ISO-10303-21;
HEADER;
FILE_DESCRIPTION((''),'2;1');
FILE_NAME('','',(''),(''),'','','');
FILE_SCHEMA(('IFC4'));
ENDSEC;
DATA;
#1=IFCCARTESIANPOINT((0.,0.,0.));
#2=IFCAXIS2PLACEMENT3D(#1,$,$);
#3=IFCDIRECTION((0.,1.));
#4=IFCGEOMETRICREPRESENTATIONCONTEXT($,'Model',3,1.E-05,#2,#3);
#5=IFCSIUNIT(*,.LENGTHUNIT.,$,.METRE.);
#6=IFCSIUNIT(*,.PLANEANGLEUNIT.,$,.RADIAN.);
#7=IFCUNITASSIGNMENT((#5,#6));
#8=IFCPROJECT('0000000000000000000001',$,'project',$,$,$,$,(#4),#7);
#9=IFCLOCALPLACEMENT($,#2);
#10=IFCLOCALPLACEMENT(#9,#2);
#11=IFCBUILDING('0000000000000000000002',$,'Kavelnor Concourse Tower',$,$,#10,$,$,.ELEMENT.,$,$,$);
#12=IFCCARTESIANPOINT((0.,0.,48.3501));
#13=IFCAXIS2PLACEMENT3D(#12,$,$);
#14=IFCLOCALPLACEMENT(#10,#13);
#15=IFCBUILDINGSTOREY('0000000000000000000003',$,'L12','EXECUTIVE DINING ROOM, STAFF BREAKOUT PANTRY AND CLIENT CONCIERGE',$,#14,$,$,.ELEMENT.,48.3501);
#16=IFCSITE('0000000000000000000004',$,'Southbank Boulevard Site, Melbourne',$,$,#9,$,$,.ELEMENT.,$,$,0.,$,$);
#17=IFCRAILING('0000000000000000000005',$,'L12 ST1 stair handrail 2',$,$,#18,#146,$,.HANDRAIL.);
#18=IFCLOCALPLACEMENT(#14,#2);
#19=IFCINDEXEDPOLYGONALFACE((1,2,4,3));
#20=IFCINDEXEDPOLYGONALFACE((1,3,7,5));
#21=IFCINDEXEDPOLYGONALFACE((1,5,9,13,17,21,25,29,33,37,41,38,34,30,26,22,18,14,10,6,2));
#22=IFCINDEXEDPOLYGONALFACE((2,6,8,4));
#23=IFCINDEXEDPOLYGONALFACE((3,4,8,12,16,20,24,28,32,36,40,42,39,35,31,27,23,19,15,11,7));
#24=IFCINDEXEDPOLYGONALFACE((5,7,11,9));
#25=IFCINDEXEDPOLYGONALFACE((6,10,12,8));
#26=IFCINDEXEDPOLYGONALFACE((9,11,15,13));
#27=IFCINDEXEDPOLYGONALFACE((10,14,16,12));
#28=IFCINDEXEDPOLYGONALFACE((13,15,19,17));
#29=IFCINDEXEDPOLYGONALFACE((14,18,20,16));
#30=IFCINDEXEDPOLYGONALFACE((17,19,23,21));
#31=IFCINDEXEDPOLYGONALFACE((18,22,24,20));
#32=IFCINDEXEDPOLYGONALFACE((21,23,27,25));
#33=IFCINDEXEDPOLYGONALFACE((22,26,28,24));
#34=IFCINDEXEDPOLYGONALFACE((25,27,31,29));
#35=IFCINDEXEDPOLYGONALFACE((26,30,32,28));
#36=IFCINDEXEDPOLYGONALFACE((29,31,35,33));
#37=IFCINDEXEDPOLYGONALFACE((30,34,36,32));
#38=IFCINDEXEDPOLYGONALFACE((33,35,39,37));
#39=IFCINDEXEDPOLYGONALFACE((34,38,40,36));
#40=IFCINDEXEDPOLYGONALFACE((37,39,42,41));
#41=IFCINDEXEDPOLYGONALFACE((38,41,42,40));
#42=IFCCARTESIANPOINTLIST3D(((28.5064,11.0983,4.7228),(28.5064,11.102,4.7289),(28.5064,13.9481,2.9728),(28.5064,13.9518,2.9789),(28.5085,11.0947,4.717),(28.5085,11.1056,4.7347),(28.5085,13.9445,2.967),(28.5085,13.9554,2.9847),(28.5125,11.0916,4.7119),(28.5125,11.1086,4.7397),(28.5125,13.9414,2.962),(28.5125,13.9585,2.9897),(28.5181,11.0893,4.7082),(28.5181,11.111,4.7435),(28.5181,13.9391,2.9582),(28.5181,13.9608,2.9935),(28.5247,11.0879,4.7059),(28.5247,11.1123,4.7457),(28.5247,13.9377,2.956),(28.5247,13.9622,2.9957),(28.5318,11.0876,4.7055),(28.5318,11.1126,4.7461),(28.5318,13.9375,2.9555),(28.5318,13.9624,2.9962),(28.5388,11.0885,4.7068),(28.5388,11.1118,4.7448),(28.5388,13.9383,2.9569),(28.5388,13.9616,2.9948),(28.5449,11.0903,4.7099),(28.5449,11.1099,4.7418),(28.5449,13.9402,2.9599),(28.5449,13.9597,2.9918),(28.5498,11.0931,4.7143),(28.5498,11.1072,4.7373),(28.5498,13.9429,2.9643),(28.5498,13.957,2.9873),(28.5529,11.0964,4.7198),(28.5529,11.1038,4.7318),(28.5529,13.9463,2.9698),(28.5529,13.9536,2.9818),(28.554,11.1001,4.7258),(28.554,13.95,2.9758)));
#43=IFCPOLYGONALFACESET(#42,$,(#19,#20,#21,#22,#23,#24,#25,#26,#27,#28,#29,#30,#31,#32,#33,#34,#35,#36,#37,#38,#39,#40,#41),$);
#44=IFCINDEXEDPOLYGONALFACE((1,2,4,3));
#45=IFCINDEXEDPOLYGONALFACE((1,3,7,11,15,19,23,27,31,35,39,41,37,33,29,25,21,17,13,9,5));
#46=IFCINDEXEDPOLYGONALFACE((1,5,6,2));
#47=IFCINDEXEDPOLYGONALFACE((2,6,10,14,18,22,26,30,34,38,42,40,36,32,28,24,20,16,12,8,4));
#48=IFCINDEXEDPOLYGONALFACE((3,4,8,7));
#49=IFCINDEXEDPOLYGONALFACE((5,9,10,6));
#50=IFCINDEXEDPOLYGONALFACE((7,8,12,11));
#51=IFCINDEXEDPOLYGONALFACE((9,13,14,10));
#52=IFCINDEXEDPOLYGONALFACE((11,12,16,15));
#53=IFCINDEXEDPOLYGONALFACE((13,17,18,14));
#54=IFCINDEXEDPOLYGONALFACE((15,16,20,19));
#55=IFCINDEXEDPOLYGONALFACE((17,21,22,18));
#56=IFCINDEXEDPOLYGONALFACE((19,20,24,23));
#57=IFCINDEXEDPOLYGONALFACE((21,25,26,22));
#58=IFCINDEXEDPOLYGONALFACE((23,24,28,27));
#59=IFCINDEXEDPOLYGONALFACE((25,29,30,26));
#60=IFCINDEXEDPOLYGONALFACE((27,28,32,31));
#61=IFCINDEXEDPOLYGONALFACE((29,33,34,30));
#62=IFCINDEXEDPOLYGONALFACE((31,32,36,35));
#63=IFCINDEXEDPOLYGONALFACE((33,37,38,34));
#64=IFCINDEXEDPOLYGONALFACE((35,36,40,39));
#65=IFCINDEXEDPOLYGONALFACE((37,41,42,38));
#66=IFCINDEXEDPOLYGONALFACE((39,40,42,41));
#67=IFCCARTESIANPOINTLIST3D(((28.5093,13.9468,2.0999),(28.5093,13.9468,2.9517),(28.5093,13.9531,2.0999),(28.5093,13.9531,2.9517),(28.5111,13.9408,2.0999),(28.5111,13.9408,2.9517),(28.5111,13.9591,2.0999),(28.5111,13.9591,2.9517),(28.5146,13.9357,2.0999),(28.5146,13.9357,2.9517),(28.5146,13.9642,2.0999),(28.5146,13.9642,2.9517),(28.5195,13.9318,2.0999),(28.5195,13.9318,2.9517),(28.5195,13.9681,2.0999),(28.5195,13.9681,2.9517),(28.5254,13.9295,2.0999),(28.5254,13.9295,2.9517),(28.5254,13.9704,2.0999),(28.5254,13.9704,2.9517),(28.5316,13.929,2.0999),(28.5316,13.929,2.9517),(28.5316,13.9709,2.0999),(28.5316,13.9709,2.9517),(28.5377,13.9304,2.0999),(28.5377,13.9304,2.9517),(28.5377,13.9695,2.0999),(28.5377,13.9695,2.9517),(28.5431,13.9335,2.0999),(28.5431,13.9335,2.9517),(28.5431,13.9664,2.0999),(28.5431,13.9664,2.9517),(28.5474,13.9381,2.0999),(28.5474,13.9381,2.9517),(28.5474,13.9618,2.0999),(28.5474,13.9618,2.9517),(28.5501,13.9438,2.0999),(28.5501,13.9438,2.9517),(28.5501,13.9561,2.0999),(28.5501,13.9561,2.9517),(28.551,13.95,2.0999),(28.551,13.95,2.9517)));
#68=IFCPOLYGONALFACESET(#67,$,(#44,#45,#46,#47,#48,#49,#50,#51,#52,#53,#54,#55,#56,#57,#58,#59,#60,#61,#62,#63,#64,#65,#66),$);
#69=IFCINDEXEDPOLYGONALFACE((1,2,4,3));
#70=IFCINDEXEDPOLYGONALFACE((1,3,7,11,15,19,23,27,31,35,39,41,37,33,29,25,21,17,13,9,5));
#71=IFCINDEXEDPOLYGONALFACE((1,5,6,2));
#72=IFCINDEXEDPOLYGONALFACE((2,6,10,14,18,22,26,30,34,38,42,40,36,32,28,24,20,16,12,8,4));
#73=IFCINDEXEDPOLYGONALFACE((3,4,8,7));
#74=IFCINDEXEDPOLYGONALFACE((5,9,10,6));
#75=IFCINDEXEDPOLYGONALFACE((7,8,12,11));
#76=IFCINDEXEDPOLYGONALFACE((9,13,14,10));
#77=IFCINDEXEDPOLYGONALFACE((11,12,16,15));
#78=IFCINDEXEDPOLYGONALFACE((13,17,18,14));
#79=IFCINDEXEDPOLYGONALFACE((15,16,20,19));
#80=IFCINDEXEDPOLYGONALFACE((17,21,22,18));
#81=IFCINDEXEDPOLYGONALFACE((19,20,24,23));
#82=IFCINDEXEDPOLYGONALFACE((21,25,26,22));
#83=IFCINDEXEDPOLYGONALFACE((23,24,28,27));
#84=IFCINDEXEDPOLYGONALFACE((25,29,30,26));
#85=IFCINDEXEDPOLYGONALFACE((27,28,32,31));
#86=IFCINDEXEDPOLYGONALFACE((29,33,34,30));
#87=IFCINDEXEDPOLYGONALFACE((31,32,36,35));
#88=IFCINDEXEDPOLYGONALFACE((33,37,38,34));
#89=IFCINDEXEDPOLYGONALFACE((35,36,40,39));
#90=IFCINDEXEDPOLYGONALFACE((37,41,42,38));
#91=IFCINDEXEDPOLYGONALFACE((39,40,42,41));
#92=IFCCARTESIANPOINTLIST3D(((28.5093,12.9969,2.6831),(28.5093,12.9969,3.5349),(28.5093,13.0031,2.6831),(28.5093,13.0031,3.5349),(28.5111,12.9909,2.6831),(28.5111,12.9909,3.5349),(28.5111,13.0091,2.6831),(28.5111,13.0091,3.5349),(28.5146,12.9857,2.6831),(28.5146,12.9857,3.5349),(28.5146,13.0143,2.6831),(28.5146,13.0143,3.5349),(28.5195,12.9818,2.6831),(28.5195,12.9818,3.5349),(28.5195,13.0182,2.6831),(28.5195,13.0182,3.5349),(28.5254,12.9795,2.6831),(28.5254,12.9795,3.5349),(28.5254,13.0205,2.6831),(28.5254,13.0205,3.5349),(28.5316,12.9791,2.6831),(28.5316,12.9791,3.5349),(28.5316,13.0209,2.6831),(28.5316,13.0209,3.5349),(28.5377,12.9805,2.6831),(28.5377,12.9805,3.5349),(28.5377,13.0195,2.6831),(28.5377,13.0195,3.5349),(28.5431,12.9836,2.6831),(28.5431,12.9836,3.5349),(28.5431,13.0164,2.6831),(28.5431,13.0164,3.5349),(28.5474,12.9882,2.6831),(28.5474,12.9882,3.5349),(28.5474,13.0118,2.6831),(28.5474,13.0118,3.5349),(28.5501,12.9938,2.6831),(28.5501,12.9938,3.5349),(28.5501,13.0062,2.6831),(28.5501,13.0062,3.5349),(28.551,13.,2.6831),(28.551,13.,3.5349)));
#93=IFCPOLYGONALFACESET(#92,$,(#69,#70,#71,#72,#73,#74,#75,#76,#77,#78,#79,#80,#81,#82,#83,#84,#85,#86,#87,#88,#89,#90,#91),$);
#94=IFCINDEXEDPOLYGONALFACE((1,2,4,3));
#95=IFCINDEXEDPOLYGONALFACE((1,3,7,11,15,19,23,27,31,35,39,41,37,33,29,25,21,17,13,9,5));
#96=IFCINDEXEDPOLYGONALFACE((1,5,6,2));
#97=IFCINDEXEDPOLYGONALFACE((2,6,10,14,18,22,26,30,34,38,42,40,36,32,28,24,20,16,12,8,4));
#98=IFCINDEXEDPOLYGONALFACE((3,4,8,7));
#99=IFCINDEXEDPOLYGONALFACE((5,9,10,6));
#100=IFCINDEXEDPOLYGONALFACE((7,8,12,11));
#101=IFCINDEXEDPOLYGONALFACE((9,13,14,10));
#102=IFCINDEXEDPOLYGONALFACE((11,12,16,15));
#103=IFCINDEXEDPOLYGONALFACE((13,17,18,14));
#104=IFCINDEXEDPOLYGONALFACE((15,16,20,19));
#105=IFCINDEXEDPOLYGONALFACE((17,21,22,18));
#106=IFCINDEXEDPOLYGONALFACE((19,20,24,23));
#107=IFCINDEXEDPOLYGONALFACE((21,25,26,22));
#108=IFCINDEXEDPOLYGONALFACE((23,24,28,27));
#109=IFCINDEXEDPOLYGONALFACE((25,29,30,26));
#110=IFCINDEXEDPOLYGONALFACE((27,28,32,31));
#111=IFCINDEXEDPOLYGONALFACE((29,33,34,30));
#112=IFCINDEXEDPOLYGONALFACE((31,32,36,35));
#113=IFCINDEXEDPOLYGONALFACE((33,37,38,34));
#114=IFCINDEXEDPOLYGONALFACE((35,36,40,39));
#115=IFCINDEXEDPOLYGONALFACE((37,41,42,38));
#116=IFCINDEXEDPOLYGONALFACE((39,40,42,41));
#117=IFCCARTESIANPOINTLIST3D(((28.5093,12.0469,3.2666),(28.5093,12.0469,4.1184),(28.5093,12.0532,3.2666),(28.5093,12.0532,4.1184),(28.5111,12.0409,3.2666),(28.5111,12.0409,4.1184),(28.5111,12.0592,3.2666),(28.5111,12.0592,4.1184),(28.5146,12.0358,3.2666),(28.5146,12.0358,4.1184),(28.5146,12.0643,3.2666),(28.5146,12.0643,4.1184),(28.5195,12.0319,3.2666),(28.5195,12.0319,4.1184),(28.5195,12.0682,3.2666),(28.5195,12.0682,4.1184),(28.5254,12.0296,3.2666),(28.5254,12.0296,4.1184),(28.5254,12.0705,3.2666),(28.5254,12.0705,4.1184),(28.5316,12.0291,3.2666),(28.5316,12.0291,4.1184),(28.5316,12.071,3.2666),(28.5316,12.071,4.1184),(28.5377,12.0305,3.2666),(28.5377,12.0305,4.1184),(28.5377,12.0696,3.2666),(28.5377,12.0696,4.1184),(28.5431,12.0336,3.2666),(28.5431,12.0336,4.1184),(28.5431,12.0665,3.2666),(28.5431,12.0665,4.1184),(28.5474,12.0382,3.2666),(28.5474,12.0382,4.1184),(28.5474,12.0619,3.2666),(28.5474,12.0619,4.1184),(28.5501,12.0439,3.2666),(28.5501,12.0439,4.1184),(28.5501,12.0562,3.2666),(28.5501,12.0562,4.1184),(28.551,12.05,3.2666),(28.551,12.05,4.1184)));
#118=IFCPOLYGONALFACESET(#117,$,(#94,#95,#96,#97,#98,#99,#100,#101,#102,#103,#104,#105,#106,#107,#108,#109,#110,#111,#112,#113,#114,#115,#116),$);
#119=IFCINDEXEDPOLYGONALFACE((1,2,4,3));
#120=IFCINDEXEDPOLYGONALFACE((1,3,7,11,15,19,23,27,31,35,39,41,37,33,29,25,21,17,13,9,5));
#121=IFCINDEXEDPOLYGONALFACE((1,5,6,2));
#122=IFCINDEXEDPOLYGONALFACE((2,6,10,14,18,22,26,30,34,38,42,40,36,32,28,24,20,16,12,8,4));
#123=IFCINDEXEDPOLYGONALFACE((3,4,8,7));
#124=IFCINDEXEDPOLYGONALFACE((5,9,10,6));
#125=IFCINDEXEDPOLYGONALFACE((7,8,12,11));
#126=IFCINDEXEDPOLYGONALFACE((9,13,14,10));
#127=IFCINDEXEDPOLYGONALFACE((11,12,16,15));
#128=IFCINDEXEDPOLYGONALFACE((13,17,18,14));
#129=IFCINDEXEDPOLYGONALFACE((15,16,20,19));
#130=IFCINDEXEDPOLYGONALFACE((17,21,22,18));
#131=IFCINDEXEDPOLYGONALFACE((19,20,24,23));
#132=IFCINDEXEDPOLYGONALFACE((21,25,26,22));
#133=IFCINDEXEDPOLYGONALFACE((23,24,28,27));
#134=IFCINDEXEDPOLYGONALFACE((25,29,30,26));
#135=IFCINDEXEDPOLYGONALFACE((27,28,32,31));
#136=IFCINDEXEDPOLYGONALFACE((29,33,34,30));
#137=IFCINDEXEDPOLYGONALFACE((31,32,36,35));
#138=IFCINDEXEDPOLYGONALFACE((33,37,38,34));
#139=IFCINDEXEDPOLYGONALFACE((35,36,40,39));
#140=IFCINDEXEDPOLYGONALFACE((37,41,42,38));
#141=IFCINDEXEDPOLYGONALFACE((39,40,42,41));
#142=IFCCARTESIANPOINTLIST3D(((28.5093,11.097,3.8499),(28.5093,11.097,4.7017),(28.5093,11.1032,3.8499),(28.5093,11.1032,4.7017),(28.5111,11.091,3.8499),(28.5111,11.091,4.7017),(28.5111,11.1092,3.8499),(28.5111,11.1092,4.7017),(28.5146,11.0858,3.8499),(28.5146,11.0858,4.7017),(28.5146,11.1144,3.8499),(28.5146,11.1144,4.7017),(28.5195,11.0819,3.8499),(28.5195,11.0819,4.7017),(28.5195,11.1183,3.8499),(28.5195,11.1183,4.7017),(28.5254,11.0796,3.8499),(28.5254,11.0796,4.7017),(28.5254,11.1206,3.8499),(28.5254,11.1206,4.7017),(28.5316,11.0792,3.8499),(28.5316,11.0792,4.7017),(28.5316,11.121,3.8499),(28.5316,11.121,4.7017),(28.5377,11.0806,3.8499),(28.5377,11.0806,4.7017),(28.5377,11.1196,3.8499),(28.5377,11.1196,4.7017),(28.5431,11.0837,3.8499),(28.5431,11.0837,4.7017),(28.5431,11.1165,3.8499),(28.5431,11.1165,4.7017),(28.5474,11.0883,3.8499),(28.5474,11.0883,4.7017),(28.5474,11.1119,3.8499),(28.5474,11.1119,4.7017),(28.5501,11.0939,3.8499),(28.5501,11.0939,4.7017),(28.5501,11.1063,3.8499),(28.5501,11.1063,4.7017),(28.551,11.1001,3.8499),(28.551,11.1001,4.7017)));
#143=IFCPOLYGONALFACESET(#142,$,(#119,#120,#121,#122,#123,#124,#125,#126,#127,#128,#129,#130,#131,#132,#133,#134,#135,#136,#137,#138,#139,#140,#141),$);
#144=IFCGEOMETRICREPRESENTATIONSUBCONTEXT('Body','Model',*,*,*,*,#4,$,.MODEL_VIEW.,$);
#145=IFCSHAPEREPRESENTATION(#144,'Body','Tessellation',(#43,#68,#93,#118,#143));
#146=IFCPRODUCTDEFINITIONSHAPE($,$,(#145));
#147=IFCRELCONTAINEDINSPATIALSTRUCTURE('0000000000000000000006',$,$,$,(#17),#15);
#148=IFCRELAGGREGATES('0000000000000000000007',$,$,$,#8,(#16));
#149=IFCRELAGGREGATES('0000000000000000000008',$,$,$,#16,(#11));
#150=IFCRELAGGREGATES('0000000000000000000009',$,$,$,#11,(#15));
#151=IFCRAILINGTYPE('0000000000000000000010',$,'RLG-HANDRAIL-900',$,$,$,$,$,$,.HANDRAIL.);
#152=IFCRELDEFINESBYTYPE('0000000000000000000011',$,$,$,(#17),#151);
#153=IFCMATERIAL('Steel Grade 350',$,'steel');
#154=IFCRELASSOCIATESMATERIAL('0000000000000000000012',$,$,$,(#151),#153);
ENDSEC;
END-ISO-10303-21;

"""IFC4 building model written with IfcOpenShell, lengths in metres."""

from ifc_helpers import new_model, si_unit, direction, frame, origin, origin_2d, place, context, subcontext, project, spatial, circle, extrude, material, type_object, element, save


model = new_model("IFC4")

# Units and contexts
model_context = context("Model", 3, precision=1e-05, world=origin(), true_north=direction((0.0, 1.0)))
body_context = subcontext(model_context, "Body", "Model", "MODEL_VIEW")
ifc_project = project(units=[si_unit("LENGTHUNIT", "METRE"), si_unit("PLANEANGLEUNIT", "RADIAN")], contexts=[model_context])

# Site, building, storey
site_placement = place(None, origin())
site = spatial("IfcSite", under=ifc_project, at=site_placement, Name="Southbank Boulevard Site, Melbourne", CompositionType="ELEMENT", RefElevation=0.0)
building_placement = place(site_placement, origin())
building = spatial("IfcBuilding", under=site, at=building_placement, Name="Kavelnor Concourse Tower", CompositionType="ELEMENT")
storey_placement = place(building_placement, frame((0.0, 0.0, 48.3501)))
storey = spatial("IfcBuildingStorey", under=building, at=storey_placement, Name="L12", Description="EXECUTIVE DINING ROOM, STAFF BREAKOUT PANTRY AND CLIENT CONCIERGE", CompositionType="ELEMENT", Elevation=48.3501)

# Shared definitions
ifc_material_1 = material(Name="Steel Grade 350", Category="steel")

# Railing
railing_type_1 = type_object("IfcRailingType", Name="RLG-HANDRAIL-900", PredefinedType="HANDRAIL", material=ifc_material_1)
railing_1_placement = place(storey_placement, frame((28.53, 13.95, 2.0999)))
element("IfcRailing", 1, at=railing_1_placement, inside=storey, type_object=railing_type_1, Name="L12 ST1 stair handrail 2", PredefinedType="HANDRAIL", context=body_context, shape_type="SweptSolid", body=[
    extrude(circle(Radius=0.0239, at=origin_2d()), frame((0.0, 0.0, 0.876), z_axis=(0.0, -0.852159, 0.523283), x_axis=(1.0, 0.0, 0.0)), (0.0, 0.0, 1.0), 3.3442),
    extrude(circle(Radius=0.021, at=origin_2d()), origin(), (0.0, 0.0, 1.0), 0.8518),
    extrude(circle(Radius=0.021, at=origin_2d()), frame((0.0, -0.95, 0.5833)), (0.0, 0.0, 1.0), 0.8518),
    extrude(circle(Radius=0.021, at=origin_2d()), frame((0.0, -1.8999, 1.1667)), (0.0, 0.0, 1.0), 0.8518),
    extrude(circle(Radius=0.021, at=origin_2d()), frame((0.0, -2.8499, 1.75)), (0.0, 0.0, 1.0), 0.8518),
])

save(model, "model.ifc")
